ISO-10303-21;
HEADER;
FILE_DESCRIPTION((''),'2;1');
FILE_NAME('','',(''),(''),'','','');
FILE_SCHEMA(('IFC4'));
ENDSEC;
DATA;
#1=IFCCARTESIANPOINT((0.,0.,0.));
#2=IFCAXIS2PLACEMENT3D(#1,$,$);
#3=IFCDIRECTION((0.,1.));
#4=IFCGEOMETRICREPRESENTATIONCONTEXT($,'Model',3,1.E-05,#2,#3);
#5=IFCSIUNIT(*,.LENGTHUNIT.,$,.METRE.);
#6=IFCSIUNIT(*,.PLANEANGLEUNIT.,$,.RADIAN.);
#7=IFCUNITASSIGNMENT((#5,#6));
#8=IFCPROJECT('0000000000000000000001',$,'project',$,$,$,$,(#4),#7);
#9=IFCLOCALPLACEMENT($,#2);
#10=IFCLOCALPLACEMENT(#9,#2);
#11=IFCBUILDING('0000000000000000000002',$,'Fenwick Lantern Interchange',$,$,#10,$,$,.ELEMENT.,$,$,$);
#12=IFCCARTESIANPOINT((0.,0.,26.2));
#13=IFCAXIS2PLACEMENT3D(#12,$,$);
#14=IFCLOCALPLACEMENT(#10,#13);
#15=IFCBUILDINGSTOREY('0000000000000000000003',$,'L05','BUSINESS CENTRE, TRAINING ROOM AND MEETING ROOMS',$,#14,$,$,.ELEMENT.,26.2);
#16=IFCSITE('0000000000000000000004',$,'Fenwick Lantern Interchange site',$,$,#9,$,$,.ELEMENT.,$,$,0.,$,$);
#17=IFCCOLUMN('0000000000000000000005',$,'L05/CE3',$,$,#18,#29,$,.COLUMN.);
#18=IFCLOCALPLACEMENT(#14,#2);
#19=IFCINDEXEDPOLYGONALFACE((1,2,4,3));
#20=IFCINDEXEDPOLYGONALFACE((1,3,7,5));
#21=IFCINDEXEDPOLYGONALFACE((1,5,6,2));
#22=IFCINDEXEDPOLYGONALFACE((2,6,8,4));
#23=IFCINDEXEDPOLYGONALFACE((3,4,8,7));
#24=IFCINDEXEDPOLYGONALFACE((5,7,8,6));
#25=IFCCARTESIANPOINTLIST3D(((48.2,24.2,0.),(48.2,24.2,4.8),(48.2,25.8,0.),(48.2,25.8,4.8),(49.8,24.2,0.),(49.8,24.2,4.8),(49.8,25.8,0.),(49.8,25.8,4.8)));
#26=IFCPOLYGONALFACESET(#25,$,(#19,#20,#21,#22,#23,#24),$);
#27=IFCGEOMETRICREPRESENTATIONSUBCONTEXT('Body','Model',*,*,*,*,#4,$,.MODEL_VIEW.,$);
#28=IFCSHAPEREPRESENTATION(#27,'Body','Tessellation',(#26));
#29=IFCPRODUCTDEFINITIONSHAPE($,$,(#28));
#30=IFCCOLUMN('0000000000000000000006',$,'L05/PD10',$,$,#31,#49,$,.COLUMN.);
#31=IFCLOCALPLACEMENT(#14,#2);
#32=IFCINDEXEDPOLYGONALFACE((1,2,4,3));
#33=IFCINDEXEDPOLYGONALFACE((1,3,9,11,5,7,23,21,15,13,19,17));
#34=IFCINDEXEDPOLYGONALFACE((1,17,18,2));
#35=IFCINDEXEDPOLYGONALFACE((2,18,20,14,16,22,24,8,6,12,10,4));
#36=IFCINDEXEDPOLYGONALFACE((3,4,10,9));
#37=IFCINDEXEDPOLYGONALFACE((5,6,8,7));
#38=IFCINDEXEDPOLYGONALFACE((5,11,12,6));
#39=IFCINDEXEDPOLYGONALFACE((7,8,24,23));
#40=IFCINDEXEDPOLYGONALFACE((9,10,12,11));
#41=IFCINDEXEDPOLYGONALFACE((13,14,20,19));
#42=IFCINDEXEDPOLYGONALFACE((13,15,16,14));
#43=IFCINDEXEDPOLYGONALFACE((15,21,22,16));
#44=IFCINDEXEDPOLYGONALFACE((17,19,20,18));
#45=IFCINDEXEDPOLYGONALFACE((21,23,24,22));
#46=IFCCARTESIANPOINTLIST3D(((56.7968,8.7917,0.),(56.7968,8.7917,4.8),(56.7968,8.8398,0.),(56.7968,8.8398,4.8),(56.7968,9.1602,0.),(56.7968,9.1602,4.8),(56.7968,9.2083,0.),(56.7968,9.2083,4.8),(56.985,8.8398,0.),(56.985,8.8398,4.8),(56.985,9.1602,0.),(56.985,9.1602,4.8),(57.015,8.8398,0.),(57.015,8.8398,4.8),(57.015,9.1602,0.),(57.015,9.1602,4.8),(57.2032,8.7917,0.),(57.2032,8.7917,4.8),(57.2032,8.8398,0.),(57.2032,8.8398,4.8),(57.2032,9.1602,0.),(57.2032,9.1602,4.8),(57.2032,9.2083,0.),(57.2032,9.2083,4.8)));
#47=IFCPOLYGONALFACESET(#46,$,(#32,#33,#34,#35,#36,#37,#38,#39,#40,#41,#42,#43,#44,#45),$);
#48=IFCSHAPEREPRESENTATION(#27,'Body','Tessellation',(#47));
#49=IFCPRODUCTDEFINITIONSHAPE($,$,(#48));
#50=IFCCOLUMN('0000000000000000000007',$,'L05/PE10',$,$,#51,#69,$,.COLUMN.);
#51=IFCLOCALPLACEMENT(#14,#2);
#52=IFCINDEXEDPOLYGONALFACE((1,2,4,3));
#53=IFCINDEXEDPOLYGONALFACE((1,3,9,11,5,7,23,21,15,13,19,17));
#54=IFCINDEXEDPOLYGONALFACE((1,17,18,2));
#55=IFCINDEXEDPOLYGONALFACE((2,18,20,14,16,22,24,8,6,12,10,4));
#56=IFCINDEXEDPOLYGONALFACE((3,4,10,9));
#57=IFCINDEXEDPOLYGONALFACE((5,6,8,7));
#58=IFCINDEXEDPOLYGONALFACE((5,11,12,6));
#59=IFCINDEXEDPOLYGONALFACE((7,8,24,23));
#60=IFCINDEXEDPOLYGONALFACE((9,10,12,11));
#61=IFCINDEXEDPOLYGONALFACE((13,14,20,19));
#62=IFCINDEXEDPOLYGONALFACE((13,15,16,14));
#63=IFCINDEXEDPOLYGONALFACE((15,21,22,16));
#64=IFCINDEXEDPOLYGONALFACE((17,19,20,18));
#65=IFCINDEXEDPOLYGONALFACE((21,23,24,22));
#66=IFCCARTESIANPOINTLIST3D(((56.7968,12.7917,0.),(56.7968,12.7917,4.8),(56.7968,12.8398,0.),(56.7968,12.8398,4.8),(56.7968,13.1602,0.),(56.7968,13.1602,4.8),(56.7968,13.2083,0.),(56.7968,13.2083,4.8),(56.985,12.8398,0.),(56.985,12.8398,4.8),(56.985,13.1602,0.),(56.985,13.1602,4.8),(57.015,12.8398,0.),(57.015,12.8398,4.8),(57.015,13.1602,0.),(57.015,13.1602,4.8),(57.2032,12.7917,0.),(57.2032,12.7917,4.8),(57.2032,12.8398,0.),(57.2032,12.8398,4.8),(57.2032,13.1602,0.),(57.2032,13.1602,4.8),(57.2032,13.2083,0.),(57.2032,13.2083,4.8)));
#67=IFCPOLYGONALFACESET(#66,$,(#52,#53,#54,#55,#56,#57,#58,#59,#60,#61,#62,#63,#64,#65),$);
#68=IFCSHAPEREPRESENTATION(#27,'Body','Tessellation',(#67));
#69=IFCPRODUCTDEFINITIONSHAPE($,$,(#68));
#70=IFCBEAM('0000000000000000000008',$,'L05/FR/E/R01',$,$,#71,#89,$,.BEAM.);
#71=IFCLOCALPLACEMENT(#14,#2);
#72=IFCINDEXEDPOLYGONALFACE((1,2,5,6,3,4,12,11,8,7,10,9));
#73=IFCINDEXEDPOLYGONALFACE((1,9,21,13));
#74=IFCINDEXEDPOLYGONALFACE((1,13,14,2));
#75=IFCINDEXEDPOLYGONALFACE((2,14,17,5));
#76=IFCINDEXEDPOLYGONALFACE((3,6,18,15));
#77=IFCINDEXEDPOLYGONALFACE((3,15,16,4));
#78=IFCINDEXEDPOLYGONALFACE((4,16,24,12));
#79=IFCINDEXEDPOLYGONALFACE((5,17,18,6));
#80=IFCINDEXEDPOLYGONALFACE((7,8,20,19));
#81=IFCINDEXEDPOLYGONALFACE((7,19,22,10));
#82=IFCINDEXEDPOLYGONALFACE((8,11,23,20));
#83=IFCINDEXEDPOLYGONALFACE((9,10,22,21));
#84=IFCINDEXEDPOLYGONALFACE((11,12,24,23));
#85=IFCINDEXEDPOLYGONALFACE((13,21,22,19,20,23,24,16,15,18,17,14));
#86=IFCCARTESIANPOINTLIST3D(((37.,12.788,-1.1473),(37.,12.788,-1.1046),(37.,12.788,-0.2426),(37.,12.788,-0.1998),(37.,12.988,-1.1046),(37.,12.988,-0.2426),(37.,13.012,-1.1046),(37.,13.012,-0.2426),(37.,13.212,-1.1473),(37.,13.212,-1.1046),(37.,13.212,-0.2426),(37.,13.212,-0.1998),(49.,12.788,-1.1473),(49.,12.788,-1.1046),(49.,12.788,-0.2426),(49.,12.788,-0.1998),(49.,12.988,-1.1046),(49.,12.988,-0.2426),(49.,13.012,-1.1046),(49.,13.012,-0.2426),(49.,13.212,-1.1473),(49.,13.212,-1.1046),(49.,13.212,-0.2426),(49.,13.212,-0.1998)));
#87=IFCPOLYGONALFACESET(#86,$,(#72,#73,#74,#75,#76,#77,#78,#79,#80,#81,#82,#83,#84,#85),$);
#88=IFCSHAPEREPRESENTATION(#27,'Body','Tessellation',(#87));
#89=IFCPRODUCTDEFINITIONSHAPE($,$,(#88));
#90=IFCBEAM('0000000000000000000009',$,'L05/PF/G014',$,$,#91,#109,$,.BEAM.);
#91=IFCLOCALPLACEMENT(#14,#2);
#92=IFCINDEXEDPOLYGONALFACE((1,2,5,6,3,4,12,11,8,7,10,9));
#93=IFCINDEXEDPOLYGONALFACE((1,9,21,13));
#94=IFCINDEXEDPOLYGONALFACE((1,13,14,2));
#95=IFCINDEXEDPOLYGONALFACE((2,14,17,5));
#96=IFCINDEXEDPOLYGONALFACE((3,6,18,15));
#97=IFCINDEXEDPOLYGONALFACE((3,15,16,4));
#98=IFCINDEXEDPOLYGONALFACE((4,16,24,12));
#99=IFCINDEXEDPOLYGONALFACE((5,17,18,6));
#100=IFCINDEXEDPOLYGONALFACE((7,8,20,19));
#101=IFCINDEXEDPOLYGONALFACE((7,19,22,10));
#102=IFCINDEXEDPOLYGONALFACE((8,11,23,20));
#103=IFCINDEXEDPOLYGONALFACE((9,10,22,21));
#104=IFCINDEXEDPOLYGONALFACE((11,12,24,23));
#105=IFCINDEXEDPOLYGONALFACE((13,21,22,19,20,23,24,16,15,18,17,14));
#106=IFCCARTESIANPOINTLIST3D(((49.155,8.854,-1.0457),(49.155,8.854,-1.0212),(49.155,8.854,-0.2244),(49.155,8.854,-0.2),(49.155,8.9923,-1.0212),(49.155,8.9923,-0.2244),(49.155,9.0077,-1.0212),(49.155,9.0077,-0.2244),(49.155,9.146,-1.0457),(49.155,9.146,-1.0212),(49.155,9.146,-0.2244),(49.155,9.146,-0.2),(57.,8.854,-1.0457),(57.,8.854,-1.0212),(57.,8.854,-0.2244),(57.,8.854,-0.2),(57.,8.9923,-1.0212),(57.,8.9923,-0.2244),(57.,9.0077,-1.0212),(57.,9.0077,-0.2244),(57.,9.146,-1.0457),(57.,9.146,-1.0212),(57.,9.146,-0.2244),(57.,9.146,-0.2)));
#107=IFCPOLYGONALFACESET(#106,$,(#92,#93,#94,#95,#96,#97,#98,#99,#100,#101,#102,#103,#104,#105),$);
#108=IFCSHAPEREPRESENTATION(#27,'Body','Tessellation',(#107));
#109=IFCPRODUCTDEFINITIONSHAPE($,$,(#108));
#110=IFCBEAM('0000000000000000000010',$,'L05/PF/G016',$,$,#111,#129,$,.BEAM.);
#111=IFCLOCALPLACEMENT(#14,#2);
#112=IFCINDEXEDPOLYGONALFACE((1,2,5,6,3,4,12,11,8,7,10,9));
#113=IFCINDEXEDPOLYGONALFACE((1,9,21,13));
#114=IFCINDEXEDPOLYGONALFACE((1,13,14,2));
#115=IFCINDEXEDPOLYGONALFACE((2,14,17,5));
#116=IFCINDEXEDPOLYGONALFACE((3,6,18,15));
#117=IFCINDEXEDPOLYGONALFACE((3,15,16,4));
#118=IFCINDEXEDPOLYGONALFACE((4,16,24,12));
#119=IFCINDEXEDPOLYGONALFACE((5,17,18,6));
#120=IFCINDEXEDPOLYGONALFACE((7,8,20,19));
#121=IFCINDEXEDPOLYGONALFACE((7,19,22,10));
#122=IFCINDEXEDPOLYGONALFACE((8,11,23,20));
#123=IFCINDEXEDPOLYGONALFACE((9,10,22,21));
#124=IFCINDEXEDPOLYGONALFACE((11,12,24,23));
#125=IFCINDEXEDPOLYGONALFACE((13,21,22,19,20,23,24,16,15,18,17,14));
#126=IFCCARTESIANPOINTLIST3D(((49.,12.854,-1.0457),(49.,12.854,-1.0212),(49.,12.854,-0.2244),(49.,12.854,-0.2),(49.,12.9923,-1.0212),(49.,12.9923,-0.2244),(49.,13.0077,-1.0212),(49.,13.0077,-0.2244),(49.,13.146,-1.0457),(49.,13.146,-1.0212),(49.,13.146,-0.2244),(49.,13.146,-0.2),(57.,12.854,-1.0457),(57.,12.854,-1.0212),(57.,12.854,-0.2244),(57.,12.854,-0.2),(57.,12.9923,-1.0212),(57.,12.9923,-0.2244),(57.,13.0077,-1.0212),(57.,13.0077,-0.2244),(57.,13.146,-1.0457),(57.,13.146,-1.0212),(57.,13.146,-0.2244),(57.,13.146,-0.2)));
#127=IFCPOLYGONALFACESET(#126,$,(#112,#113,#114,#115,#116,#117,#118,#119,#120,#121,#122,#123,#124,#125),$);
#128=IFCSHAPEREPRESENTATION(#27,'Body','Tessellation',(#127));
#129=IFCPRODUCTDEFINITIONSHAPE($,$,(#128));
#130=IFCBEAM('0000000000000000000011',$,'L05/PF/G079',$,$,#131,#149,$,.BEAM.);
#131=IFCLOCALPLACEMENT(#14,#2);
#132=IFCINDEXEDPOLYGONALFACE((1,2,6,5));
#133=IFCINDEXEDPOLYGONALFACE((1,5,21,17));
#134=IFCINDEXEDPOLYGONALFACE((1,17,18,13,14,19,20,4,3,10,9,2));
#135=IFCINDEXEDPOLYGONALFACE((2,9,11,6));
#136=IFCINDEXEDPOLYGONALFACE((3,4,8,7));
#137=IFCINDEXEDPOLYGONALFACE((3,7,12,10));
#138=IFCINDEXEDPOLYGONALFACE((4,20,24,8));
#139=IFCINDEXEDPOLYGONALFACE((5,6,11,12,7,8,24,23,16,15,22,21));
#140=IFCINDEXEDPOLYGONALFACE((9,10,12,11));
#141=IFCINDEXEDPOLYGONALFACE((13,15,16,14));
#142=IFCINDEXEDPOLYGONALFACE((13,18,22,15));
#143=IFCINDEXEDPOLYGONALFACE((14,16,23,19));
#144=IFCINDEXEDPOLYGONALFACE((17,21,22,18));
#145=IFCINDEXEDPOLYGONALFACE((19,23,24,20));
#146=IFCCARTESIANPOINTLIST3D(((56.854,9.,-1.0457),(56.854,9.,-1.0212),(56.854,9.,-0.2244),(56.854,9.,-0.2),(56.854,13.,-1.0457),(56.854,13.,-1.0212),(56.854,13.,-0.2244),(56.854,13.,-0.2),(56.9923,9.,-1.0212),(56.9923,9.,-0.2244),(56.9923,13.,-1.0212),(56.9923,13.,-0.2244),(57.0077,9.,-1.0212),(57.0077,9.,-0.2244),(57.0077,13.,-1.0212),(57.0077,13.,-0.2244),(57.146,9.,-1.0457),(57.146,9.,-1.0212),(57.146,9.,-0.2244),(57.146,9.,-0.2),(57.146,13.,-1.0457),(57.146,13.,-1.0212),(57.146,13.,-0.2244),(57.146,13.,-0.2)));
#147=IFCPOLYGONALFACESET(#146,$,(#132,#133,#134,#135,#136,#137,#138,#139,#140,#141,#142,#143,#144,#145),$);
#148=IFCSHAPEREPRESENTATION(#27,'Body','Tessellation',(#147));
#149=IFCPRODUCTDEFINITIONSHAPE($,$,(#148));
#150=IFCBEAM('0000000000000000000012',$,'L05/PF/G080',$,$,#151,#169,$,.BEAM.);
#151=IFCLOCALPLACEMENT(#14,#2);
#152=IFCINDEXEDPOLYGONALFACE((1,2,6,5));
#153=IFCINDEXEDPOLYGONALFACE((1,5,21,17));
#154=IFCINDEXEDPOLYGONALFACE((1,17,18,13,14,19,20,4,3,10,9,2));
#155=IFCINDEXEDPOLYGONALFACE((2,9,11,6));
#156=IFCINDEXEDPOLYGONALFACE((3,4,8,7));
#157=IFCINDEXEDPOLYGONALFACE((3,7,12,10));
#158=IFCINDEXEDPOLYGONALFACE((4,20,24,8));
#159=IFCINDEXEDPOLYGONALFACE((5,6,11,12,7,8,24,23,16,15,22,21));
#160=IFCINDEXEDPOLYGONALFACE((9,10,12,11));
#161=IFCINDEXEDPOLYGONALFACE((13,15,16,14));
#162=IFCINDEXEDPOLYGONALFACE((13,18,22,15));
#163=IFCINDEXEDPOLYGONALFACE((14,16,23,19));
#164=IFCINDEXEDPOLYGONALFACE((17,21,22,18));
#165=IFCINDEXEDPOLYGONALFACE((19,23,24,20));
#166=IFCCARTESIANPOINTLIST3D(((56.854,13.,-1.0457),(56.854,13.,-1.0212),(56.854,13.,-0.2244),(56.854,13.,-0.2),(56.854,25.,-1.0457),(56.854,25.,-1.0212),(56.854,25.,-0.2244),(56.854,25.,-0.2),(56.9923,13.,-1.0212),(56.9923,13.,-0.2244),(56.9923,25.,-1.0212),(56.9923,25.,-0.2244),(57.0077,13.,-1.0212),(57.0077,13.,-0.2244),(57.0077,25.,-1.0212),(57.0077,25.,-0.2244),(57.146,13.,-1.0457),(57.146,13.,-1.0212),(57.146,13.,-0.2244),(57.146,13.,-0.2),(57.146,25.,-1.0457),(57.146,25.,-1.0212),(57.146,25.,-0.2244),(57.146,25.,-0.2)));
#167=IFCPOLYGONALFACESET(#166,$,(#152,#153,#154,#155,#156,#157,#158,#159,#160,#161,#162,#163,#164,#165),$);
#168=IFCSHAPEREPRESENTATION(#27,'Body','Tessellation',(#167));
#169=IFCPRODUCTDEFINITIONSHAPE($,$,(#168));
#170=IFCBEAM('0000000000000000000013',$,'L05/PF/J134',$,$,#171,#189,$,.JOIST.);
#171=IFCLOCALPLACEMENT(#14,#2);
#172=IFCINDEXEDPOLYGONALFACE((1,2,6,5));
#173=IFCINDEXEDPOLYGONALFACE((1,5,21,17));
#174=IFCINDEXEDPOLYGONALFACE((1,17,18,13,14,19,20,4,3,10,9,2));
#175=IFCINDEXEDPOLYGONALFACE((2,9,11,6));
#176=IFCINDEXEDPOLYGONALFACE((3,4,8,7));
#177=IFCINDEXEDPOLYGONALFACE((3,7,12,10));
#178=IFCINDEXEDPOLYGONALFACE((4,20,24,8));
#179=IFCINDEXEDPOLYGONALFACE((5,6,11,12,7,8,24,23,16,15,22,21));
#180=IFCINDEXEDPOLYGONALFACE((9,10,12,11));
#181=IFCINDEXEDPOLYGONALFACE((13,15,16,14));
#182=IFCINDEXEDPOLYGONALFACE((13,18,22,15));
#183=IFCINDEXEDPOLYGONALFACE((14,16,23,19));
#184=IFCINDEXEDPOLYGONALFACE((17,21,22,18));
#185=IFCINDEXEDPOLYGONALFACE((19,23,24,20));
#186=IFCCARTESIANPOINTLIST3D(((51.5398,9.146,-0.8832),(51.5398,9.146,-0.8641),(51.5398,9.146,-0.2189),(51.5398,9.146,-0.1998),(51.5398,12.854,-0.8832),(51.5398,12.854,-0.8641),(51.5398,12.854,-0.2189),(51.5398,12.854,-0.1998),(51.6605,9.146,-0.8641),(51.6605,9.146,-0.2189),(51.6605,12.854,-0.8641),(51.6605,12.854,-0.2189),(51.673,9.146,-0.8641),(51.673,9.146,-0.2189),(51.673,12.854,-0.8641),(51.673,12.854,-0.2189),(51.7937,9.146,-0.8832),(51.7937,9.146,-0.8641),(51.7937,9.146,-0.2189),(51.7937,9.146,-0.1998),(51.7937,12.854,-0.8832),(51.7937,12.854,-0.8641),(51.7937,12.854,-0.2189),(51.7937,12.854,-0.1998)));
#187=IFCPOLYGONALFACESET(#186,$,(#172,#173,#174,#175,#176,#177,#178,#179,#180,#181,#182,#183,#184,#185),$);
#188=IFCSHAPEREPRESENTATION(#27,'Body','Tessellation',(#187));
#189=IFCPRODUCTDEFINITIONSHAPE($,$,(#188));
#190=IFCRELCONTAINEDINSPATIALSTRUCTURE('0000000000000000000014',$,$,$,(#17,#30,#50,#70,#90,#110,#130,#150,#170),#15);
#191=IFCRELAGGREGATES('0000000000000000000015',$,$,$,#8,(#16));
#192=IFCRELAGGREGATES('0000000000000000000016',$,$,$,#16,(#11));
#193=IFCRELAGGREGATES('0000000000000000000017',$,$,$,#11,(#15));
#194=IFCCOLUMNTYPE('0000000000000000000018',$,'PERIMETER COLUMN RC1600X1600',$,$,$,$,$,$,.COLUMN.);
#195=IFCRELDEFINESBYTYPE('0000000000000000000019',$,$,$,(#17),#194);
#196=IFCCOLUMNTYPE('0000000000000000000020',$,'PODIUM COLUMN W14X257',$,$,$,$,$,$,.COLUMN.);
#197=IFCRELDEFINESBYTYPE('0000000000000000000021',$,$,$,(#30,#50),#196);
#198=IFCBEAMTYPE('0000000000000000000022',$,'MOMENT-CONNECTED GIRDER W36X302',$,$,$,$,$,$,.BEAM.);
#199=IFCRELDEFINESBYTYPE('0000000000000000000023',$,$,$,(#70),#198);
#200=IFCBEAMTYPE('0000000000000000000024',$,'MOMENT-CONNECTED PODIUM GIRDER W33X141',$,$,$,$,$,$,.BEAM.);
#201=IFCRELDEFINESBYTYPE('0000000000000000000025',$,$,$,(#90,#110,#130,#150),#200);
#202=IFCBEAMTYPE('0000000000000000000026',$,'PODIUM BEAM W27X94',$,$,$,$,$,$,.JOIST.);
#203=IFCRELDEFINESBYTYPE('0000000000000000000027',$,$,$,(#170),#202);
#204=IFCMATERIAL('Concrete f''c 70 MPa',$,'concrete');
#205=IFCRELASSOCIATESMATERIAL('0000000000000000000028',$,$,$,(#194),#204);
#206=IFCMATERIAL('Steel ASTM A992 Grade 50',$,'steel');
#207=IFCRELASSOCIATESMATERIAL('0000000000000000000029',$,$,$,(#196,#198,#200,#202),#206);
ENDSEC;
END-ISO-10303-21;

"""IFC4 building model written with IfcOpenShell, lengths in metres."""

from ifc_helpers import new_model, si_unit, direction, frame, origin, origin_2d, place, context, subcontext, project, spatial, rectangle, i_section, extrude, material, material_profile, profile_set, type_object, element, save


model = new_model("IFC4")

# Units and contexts
model_context = context("Model", 3, precision=1e-05, world=origin(), true_north=direction((0.0, 1.0)))
body_context = subcontext(model_context, "Body", "Model", "MODEL_VIEW")
ifc_project = project(units=[si_unit("LENGTHUNIT", "METRE"), si_unit("PLANEANGLEUNIT", "RADIAN")], contexts=[model_context])

# Site, building, storey
site_placement = place(None, origin())
site = spatial("IfcSite", under=ifc_project, at=site_placement, Name="Fenwick Lantern Interchange site", CompositionType="ELEMENT", RefElevation=0.0)
building_placement = place(site_placement, origin())
building = spatial("IfcBuilding", under=site, at=building_placement, Name="Fenwick Lantern Interchange", CompositionType="ELEMENT")
storey_placement = place(building_placement, frame((0.0, 0.0, 26.2)))
storey = spatial("IfcBuildingStorey", under=building, at=storey_placement, Name="L05", Description="BUSINESS CENTRE, TRAINING ROOM AND MEETING ROOMS", CompositionType="ELEMENT", Elevation=26.2)

# Columns
ifc_material_1 = material(Name="Concrete f'c 70 MPa", Category="concrete")
ifc_material_profile_1 = material_profile(ifc_material_1, rectangle(XDim=1.6001, YDim=1.6001, at=origin_2d()), Name="RC1600X1600")
ifc_profile_set_1 = profile_set([ifc_material_profile_1], Name="Concrete f'c 70 MPa")
column_type_1 = type_object("IfcColumnType", Name="PERIMETER COLUMN RC1600X1600", PredefinedType="COLUMN", material=ifc_profile_set_1)
column_placement = place(storey_placement, frame((49.0, 25.0, 0.0), z_axis=(0.0, 0.0, 1.0), x_axis=(1.0, 0.0, 0.0)))
element("IfcColumn", 1, at=column_placement, inside=storey, type_object=column_type_1, Name="L05/CE3", PredefinedType="COLUMN", context=body_context, shape_type="SweptSolid", body=[
    extrude(rectangle(XDim=1.6001, YDim=1.6001, at=origin_2d()), origin(), (0.0, 0.0, 1.0), 4.8),
])
ifc_material_2 = material(Name="Steel ASTM A992 Grade 50", Category="steel")
ifc_material_profile_2 = material_profile(ifc_material_2, i_section(OverallWidth=0.4065, OverallDepth=0.4165, WebThickness=0.03, FlangeThickness=0.0481, at=origin_2d()), Name="W14X257")
ifc_profile_set_2 = profile_set([ifc_material_profile_2], Name="Steel ASTM A992 Grade 50")
column_type_2 = type_object("IfcColumnType", Name="PODIUM COLUMN W14X257", PredefinedType="COLUMN", material=ifc_profile_set_2)
for number, where, z_axis, x_axis, name in (
    (2, (57.0, 9.0, 0.0), (0.0, 0.0, 1.0), (1.0, 0.0, 0.0), "L05/PD10"),
    (3, (57.0, 13.0, 0.0), (0.0, 0.0, 1.0), (1.0, 0.0, 0.0), "L05/PE10"),
):
    element("IfcColumn", number, at=place(storey_placement, frame(where, z_axis=z_axis, x_axis=x_axis)), inside=storey, type_object=column_type_2, Name=name, PredefinedType="COLUMN", context=body_context, shape_type="SweptSolid", body=[
        extrude(i_section(OverallWidth=0.4065, OverallDepth=0.4165, WebThickness=0.03, FlangeThickness=0.0481, at=origin_2d()), origin(), (0.0, 0.0, 1.0), 4.8),
    ])

# Beams
ifc_material_profile_3 = material_profile(ifc_material_2, i_section(OverallWidth=0.4241, OverallDepth=0.9475, WebThickness=0.0239, FlangeThickness=0.0427, at=origin_2d()), Name="W36X302")
ifc_profile_set_3 = profile_set([ifc_material_profile_3], Name="Steel ASTM A992 Grade 50")
beam_type_1 = type_object("IfcBeamType", Name="MOMENT-CONNECTED GIRDER W36X302", PredefinedType="BEAM", material=ifc_profile_set_3)
beam_1_placement = place(storey_placement, frame((49.0, 13.0, -0.6736), z_axis=(-1.0, 0.0, 0.0), x_axis=(0.0, -1.0, 0.0)))
element("IfcBeam", 4, at=beam_1_placement, inside=storey, type_object=beam_type_1, Name="L05/FR/E/R01", PredefinedType="BEAM", context=body_context, shape_type="SweptSolid", body=[
    extrude(i_section(OverallWidth=0.4241, OverallDepth=0.9475, WebThickness=0.0239, FlangeThickness=0.0427, at=origin_2d()), origin(), (0.0, 0.0, 1.0), 12.0),
])
ifc_material_profile_4 = material_profile(ifc_material_2, i_section(OverallWidth=0.292, OverallDepth=0.8457, WebThickness=0.0154, FlangeThickness=0.0244, at=origin_2d()), Name="W33X141")
ifc_profile_set_4 = profile_set([ifc_material_profile_4], Name="Steel ASTM A992 Grade 50")
beam_type_2 = type_object("IfcBeamType", Name="MOMENT-CONNECTED PODIUM GIRDER W33X141", PredefinedType="BEAM", material=ifc_profile_set_4)
beam_2_placement = place(storey_placement, frame((49.155, 9.0, -0.6228), z_axis=(1.0, 0.0, 0.0), x_axis=(0.0, 1.0, 0.0)))
element("IfcBeam", 5, at=beam_2_placement, inside=storey, type_object=beam_type_2, Name="L05/PF/G014", PredefinedType="BEAM", context=body_context, shape_type="SweptSolid", body=[
    extrude(i_section(OverallWidth=0.292, OverallDepth=0.8457, WebThickness=0.0154, FlangeThickness=0.0244, at=origin_2d()), origin(), (0.0, 0.0, 1.0), 7.845),
])
beam_3_placement = place(storey_placement, frame((49.0, 13.0, -0.6228), z_axis=(1.0, 0.0, 0.0), x_axis=(0.0, 1.0, 0.0)))
element("IfcBeam", 6, at=beam_3_placement, inside=storey, type_object=beam_type_2, Name="L05/PF/G016", PredefinedType="BEAM", context=body_context, shape_type="SweptSolid", body=[
    extrude(i_section(OverallWidth=0.292, OverallDepth=0.8457, WebThickness=0.0154, FlangeThickness=0.0244, at=origin_2d()), origin(), (0.0, 0.0, 1.0), 8.0),
])
beam_4_placement = place(storey_placement, frame((57.0, 9.0, -0.6228), z_axis=(0.0, 1.0, 0.0), x_axis=(-1.0, 0.0, 0.0)))
element("IfcBeam", 7, at=beam_4_placement, inside=storey, type_object=beam_type_2, Name="L05/PF/G079", PredefinedType="BEAM", context=body_context, shape_type="SweptSolid", body=[
    extrude(i_section(OverallWidth=0.292, OverallDepth=0.8457, WebThickness=0.0154, FlangeThickness=0.0244, at=origin_2d()), origin(), (0.0, 0.0, 1.0), 4.0),
])
beam_5_placement = place(storey_placement, frame((57.0, 13.0, -0.6228), z_axis=(0.0, 1.0, 0.0), x_axis=(-1.0, 0.0, 0.0)))
element("IfcBeam", 8, at=beam_5_placement, inside=storey, type_object=beam_type_2, Name="L05/PF/G080", PredefinedType="BEAM", context=body_context, shape_type="SweptSolid", body=[
    extrude(i_section(OverallWidth=0.292, OverallDepth=0.8457, WebThickness=0.0154, FlangeThickness=0.0244, at=origin_2d()), origin(), (0.0, 0.0, 1.0), 12.0),
])
ifc_material_profile_5 = material_profile(ifc_material_2, i_section(OverallWidth=0.2539, OverallDepth=0.6833, WebThickness=0.0125, FlangeThickness=0.019, at=origin_2d()), Name="W27X94")
ifc_profile_set_5 = profile_set([ifc_material_profile_5], Name="Steel ASTM A992 Grade 50")
beam_type_3 = type_object("IfcBeamType", Name="PODIUM BEAM W27X94", PredefinedType="JOIST", material=ifc_profile_set_5)
beam_6_placement = place(storey_placement, frame((51.6667, 9.146, -0.5415), z_axis=(0.0, 1.0, 0.0), x_axis=(-1.0, 0.0, 0.0)))
element("IfcBeam", 9, at=beam_6_placement, inside=storey, type_object=beam_type_3, Name="L05/PF/J134", PredefinedType="JOIST", context=body_context, shape_type="SweptSolid", body=[
    extrude(i_section(OverallWidth=0.2539, OverallDepth=0.6833, WebThickness=0.0125, FlangeThickness=0.019, at=origin_2d()), origin(), (0.0, 0.0, 1.0), 3.708),
])

save(model, "model.ifc")
